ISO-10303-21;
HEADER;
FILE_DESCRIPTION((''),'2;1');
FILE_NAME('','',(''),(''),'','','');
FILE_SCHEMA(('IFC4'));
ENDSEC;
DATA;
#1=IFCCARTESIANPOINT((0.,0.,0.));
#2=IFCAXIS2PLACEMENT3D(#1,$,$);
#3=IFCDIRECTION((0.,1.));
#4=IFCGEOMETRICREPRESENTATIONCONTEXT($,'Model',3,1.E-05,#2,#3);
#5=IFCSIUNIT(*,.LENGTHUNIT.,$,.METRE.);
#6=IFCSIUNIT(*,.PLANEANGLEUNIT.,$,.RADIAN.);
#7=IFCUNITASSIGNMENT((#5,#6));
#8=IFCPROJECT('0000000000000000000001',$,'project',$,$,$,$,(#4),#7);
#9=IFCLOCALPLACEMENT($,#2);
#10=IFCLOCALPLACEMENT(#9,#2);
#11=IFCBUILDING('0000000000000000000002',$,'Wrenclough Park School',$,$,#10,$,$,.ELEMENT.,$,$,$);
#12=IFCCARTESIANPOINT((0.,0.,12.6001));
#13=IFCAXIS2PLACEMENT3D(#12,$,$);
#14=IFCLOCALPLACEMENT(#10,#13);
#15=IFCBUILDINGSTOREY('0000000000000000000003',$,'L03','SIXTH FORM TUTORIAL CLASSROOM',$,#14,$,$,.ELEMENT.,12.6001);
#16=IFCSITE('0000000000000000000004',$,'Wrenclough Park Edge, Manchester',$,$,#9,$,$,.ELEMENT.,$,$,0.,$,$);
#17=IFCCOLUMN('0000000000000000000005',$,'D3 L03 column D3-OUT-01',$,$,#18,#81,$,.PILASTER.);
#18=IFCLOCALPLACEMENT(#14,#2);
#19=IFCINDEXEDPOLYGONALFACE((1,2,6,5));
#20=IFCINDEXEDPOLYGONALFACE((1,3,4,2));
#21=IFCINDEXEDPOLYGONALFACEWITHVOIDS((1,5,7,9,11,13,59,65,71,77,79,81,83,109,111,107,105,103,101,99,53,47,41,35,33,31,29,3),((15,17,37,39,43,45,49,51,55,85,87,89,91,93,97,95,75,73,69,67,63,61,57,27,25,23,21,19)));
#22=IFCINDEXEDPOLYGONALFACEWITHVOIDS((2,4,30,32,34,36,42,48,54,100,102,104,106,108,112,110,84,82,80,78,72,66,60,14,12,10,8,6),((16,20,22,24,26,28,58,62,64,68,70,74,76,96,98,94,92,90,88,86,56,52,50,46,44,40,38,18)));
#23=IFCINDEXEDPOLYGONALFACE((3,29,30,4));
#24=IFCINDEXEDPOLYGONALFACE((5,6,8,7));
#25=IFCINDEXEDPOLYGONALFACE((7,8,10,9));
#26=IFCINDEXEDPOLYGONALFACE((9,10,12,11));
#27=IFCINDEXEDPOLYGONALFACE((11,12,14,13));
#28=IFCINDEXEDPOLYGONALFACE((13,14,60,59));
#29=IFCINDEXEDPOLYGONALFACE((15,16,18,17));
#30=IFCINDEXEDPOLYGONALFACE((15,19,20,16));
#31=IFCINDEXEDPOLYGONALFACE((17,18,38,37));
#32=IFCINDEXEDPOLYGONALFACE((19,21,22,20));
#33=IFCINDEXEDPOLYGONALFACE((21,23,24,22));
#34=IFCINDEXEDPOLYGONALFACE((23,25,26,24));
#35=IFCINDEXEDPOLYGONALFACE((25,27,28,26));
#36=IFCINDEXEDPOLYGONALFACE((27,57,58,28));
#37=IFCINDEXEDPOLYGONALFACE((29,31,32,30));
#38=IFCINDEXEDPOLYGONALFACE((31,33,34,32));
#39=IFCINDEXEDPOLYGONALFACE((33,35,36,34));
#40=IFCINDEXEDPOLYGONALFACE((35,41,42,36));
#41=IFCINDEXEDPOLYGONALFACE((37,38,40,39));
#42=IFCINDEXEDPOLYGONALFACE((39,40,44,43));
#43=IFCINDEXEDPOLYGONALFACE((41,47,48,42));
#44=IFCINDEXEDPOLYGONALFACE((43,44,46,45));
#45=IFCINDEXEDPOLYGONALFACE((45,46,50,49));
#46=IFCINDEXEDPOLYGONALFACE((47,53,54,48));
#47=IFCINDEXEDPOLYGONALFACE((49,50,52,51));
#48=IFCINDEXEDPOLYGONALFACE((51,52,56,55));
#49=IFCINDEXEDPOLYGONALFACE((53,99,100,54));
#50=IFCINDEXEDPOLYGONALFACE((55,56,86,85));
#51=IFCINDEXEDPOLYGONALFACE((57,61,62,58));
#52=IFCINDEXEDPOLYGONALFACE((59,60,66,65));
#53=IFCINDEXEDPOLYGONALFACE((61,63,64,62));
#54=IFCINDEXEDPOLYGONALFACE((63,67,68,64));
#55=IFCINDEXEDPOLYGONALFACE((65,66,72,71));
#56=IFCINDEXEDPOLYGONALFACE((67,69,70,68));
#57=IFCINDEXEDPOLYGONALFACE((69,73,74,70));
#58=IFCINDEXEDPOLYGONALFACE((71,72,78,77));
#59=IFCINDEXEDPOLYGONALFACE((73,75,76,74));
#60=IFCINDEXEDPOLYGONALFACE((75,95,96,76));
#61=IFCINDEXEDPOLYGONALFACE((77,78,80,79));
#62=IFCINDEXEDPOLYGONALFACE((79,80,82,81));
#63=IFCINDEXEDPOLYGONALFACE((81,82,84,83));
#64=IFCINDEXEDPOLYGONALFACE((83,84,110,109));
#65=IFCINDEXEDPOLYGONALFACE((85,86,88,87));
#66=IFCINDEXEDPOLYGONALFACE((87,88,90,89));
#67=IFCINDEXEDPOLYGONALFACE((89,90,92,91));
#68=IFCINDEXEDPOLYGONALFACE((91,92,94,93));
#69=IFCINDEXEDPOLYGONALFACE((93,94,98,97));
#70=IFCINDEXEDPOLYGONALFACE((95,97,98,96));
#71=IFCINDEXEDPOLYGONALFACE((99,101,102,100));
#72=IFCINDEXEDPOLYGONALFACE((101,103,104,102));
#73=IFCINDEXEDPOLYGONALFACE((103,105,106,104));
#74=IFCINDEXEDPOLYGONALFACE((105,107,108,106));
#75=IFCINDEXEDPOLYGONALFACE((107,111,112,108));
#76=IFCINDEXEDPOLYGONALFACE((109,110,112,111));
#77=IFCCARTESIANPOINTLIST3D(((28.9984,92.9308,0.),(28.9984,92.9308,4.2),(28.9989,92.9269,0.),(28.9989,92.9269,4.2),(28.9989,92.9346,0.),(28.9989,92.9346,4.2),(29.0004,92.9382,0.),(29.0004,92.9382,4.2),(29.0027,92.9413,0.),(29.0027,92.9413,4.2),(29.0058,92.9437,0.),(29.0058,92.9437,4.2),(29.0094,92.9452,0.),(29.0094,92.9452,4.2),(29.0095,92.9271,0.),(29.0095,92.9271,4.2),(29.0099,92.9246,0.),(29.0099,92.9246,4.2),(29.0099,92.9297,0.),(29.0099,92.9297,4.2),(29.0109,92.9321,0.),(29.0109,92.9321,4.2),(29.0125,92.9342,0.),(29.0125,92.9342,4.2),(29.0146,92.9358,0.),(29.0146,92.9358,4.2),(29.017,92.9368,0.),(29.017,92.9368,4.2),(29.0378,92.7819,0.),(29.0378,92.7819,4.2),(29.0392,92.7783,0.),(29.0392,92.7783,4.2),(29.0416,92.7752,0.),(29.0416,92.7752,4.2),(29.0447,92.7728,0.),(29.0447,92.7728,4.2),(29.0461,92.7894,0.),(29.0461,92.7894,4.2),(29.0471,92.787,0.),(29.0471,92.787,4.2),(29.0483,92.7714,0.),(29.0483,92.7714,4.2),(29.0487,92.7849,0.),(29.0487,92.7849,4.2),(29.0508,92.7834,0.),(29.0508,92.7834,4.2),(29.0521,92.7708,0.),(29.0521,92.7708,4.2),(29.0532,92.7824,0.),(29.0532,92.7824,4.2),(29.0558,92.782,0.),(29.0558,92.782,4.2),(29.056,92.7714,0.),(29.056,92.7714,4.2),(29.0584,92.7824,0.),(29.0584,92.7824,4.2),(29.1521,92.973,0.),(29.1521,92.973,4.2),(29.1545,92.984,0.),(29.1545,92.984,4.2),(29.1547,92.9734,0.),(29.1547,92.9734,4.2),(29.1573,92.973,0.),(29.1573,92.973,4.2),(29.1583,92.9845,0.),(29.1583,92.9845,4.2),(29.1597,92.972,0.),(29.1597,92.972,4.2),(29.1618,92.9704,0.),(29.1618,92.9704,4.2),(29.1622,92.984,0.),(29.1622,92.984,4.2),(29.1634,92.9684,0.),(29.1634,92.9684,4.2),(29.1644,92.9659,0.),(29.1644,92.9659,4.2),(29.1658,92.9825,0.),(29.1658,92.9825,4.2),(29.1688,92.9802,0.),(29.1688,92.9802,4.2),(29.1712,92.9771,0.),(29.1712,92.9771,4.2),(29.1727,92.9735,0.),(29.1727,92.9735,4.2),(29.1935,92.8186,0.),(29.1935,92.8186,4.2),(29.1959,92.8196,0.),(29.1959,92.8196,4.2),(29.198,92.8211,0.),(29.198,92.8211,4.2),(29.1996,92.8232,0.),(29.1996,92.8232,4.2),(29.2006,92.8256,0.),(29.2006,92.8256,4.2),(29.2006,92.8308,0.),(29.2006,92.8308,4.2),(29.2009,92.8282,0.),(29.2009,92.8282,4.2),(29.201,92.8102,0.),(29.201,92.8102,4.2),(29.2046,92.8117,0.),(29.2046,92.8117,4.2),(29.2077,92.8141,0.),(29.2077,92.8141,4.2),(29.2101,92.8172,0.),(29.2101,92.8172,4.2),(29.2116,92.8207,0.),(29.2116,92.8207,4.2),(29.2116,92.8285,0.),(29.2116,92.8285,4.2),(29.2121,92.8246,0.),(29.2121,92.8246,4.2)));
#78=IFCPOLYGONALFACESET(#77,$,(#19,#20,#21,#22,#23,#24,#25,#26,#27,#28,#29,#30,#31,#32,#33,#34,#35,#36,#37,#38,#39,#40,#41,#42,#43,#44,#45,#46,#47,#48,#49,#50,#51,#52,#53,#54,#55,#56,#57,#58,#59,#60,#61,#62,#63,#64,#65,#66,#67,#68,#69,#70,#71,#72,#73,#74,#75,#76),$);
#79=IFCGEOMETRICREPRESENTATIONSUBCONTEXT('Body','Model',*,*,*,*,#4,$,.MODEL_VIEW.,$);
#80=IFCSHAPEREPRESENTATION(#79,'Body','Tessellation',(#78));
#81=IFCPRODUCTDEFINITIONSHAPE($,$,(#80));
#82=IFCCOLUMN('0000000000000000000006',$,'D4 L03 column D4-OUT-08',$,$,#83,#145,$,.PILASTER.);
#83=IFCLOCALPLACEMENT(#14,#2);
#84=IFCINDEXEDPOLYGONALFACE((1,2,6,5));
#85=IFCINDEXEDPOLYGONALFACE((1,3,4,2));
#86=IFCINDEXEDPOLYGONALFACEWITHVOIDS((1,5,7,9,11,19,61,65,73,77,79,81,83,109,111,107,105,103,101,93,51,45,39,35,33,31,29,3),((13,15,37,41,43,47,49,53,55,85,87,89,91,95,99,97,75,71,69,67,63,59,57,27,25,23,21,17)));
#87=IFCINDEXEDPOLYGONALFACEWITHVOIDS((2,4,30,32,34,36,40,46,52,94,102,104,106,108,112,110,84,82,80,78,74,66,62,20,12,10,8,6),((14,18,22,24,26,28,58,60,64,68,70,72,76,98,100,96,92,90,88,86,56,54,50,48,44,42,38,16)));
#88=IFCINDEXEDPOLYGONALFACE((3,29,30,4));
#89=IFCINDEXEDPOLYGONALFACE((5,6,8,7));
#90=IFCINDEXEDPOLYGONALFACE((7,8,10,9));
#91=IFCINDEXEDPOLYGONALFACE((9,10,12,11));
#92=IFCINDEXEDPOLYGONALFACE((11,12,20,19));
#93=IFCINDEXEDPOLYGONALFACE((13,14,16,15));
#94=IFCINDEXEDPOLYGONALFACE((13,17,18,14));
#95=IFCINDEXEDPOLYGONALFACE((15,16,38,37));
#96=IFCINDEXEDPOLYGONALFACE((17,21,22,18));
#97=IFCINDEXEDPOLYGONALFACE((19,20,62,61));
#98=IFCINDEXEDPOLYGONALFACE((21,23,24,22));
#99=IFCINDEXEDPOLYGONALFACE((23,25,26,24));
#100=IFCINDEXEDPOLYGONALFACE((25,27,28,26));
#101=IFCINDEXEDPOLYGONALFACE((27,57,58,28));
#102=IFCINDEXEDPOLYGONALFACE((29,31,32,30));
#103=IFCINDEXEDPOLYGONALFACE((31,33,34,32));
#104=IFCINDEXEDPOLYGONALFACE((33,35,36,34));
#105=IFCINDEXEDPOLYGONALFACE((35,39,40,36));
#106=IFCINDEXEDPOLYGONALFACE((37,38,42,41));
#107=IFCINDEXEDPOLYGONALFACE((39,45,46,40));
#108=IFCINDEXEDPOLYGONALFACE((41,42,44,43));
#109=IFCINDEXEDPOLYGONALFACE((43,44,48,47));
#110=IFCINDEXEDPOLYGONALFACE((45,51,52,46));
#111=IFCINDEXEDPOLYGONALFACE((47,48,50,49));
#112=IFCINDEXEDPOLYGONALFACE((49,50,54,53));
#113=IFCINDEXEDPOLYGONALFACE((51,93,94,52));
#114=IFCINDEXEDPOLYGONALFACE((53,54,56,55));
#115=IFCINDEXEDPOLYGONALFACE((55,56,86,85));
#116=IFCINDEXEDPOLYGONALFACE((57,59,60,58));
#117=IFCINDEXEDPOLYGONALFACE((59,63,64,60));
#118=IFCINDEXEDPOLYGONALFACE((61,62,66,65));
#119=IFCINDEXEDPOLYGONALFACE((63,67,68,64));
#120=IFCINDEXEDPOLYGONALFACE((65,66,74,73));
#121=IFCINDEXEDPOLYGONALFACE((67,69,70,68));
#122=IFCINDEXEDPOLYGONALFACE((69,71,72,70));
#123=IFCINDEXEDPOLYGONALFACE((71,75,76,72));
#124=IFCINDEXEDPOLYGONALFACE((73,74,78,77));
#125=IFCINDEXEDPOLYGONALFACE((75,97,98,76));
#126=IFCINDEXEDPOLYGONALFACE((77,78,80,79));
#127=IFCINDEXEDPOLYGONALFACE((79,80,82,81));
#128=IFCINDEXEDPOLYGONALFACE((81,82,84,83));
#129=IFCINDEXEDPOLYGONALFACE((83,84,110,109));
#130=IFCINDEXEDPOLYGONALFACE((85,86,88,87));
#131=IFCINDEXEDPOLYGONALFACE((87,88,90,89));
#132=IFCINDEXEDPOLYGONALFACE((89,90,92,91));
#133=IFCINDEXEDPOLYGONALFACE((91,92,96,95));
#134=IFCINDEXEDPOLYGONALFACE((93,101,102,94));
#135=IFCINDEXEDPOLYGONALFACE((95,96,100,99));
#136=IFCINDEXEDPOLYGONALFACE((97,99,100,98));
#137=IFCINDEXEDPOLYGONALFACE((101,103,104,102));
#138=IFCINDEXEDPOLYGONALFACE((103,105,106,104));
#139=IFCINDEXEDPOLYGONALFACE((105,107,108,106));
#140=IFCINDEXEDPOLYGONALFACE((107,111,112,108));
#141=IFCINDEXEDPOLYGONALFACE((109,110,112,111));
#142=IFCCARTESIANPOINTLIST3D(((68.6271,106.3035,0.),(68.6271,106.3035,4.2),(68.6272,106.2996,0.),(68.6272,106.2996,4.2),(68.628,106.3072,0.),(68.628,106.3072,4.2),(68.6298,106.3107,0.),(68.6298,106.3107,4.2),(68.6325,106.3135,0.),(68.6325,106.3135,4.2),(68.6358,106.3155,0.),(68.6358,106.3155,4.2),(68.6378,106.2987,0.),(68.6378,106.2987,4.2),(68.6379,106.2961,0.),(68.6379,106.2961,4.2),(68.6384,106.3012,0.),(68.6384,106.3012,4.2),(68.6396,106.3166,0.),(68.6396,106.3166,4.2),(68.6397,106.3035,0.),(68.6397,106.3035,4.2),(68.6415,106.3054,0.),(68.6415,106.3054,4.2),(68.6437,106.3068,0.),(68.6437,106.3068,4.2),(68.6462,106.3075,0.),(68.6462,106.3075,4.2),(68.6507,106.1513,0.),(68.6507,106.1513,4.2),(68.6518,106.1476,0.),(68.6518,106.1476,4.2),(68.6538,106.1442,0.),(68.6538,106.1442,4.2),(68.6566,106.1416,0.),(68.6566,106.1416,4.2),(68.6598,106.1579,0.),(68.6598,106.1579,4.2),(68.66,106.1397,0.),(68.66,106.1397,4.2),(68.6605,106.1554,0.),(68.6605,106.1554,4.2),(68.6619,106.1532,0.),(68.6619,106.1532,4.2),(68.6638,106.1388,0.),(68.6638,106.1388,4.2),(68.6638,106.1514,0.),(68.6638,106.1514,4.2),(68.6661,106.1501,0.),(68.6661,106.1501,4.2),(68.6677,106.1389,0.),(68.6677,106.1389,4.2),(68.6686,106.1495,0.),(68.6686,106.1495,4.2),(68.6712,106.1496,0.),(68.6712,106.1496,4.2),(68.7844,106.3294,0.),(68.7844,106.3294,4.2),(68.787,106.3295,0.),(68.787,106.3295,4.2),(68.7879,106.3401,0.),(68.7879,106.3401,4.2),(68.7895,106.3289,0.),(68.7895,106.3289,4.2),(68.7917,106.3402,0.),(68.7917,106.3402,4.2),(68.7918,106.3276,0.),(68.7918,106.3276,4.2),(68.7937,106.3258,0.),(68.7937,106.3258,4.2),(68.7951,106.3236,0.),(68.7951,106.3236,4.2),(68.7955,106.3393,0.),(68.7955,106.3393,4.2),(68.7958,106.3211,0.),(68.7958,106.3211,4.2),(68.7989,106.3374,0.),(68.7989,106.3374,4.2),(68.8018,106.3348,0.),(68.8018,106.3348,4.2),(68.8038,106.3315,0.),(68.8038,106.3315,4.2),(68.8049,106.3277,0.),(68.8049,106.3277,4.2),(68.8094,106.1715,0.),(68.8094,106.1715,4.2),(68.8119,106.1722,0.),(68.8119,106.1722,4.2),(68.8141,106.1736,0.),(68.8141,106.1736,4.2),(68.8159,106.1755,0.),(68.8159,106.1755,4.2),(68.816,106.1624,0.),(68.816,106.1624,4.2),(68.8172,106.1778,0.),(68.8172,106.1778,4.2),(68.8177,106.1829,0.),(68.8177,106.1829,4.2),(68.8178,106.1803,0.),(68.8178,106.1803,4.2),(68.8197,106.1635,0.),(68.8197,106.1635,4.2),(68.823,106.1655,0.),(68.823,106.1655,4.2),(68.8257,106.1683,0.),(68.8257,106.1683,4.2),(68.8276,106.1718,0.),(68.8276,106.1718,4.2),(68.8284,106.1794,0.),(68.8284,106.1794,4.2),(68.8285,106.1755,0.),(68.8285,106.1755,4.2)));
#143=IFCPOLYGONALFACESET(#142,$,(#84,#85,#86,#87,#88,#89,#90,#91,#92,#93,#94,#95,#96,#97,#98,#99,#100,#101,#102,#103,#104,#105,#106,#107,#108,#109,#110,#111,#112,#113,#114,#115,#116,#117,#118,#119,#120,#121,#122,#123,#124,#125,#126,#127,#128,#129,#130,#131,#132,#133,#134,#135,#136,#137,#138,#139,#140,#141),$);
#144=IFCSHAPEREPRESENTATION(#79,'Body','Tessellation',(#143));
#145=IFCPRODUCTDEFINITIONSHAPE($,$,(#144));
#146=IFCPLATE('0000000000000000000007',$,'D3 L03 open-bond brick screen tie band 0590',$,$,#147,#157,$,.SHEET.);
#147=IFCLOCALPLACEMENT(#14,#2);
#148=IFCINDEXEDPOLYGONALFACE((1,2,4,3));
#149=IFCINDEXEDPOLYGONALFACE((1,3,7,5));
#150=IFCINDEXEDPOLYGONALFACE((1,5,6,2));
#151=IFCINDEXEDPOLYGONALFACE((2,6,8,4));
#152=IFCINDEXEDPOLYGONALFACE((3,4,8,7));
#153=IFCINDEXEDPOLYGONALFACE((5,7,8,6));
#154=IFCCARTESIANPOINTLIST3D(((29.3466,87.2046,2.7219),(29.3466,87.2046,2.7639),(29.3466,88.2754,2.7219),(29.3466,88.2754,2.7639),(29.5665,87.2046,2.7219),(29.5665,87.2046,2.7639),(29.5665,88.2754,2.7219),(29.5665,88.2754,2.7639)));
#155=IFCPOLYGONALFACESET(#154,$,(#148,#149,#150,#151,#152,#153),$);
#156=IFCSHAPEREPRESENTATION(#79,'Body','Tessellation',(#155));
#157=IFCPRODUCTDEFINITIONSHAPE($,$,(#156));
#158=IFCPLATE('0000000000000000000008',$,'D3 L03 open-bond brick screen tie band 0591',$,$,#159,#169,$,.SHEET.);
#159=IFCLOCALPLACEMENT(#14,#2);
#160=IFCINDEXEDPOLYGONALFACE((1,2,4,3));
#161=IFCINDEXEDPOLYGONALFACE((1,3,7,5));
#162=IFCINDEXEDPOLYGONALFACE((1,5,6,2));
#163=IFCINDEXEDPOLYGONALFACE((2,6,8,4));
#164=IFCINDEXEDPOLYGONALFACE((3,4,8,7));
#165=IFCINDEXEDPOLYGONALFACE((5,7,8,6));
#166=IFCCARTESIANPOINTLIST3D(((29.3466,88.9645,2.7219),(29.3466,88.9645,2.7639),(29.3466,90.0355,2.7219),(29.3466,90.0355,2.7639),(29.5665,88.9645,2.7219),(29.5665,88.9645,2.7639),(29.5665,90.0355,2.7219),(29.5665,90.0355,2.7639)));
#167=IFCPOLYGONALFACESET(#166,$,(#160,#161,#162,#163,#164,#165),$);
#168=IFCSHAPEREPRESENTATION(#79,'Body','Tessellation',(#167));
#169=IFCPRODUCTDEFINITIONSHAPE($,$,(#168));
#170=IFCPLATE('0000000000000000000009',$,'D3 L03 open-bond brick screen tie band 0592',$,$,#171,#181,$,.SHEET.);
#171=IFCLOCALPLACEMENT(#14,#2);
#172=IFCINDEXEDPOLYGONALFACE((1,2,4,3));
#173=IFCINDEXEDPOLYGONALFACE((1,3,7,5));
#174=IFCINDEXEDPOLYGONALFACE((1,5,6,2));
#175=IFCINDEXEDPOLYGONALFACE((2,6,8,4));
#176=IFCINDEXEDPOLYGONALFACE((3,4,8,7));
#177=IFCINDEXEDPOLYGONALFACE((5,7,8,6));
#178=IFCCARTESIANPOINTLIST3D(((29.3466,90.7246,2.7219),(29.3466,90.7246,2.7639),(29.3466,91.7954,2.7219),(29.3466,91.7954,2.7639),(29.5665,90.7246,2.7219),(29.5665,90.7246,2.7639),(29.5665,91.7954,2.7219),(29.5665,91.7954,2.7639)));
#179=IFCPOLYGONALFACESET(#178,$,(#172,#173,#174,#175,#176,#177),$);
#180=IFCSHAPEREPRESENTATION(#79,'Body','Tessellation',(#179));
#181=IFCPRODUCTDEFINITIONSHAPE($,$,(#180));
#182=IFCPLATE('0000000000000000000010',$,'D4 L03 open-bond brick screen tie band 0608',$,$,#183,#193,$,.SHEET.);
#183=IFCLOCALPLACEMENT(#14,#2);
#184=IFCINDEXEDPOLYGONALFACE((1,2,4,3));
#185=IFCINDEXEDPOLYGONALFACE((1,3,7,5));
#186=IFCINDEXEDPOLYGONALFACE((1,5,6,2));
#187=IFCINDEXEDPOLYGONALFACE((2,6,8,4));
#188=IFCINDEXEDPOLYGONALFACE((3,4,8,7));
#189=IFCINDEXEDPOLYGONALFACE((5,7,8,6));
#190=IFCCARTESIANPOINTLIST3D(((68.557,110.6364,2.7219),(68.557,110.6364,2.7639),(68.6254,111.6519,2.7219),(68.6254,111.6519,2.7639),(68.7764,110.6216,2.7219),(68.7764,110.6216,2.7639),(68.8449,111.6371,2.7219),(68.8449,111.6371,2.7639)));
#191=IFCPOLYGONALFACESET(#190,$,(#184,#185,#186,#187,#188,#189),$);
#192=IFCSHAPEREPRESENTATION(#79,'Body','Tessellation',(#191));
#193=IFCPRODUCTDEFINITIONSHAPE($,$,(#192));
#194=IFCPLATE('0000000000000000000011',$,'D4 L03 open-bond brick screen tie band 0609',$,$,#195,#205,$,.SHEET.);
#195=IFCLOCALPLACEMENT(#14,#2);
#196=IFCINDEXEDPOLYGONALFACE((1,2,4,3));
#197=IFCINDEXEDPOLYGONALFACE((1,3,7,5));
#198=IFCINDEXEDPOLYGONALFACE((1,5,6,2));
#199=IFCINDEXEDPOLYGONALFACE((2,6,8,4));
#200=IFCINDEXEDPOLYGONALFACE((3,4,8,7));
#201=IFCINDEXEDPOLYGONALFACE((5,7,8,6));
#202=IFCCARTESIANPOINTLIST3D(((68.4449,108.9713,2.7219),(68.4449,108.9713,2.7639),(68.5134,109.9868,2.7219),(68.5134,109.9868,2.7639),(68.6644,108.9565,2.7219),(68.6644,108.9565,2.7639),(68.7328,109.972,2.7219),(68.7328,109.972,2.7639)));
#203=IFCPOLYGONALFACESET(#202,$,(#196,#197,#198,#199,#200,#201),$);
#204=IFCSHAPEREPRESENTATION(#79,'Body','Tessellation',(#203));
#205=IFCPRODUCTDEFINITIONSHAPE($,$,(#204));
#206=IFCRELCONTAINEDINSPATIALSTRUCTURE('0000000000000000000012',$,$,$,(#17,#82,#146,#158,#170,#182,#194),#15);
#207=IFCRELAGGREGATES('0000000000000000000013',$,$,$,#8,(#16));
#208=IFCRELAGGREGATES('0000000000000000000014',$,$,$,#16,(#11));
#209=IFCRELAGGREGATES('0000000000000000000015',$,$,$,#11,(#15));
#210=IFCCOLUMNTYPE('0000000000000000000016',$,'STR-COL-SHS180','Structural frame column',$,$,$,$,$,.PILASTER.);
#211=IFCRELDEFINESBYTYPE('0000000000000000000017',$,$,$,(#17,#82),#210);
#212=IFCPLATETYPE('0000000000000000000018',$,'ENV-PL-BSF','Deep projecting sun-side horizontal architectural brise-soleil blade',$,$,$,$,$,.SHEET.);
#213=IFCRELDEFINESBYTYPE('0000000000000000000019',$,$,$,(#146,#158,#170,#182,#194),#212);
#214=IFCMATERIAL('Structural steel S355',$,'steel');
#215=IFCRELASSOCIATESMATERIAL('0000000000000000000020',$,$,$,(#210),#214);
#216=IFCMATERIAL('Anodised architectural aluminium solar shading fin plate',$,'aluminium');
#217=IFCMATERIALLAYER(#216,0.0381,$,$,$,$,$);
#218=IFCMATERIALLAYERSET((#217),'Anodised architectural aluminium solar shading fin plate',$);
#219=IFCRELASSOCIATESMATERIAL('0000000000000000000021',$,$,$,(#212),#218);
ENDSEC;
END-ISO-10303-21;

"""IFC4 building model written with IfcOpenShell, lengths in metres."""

from ifc_helpers import new_model, si_unit, direction, frame, origin, origin_2d, place, context, subcontext, project, spatial, rectangle, hollow_rectangle, extrude, material, layer, layer_set, material_profile, profile_set, type_object, element, save


model = new_model("IFC4")

# Units and contexts
model_context = context("Model", 3, precision=1e-05, world=origin(), true_north=direction((0.0, 1.0)))
body_context = subcontext(model_context, "Body", "Model", "MODEL_VIEW")
ifc_project = project(units=[si_unit("LENGTHUNIT", "METRE"), si_unit("PLANEANGLEUNIT", "RADIAN")], contexts=[model_context])

# Site, building, storey
site_placement = place(None, origin())
site = spatial("IfcSite", under=ifc_project, at=site_placement, Name="Wrenclough Park Edge, Manchester", CompositionType="ELEMENT", RefElevation=0.0)
building_placement = place(site_placement, origin())
building = spatial("IfcBuilding", under=site, at=building_placement, Name="Wrenclough Park School", CompositionType="ELEMENT")
storey_placement = place(building_placement, frame((0.0, 0.0, 12.6001)))
storey = spatial("IfcBuildingStorey", under=building, at=storey_placement, Name="L03", Description="SIXTH FORM TUTORIAL CLASSROOM", CompositionType="ELEMENT", Elevation=12.6001)

# Columns
ifc_material_1 = material(Name="Structural steel S355", Category="steel")
ifc_material_profile = material_profile(ifc_material_1, hollow_rectangle(XDim=0.1799, YDim=0.1799, WallThickness=0.01, InnerFilletRadius=0.01, OuterFilletRadius=0.0149, at=origin_2d()), Name="SHS 180x180x10.0")
ifc_profile_set = profile_set([ifc_material_profile], Name="Structural steel S355")
column_type = type_object("IfcColumnType", Name="STR-COL-SHS180", Description="Structural frame column", PredefinedType="PILASTER", material=ifc_profile_set)
for number, where, z_axis, x_axis, name in (
    (1, (29.1052, 92.8777, 0.0), (0.0, 0.0, 1.0), (-0.258819, 0.965926, 0.0), "D3 L03 column D3-OUT-01"),
    (2, (68.7278, 106.2395, 0.0), (0.0, 0.0, 1.0), (0.156434, -0.987688, 0.0), "D4 L03 column D4-OUT-08"),
):
    element("IfcColumn", number, at=place(storey_placement, frame(where, z_axis=z_axis, x_axis=x_axis)), inside=storey, type_object=column_type, Name=name, PredefinedType="PILASTER", context=body_context, shape_type="SweptSolid", body=[
        extrude(hollow_rectangle(XDim=0.1799, YDim=0.1799, WallThickness=0.01, InnerFilletRadius=0.01, OuterFilletRadius=0.0149, at=origin_2d()), origin(), (0.0, 0.0, 1.0), 4.2),
    ])

# Plates
ifc_material_2 = material(Name="Anodised architectural aluminium solar shading fin plate", Category="aluminium")
ifc_layer_1 = layer(ifc_material_2, 0.0381)
ifc_layer_set_1 = layer_set([ifc_layer_1], Name="Anodised architectural aluminium solar shading fin plate")
plate_type = type_object("IfcPlateType", Name="ENV-PL-BSF", Description="Deep projecting sun-side horizontal architectural brise-soleil blade", PredefinedType="SHEET", material=ifc_layer_set_1)
plate_1_placement = place(storey_placement, frame((29.4565, 87.74, 2.7219), z_axis=(0.0, 0.0, 1.0), x_axis=(0.0, 1.0, 0.0)))
element("IfcPlate", 3, at=plate_1_placement, inside=storey, type_object=plate_type, Name="D3 L03 open-bond brick screen tie band 0590", PredefinedType="SHEET", context=body_context, shape_type="SweptSolid", body=[
    extrude(rectangle(XDim=1.0708, YDim=0.22, at=origin_2d()), origin(), (0.0, 0.0, 1.0), 0.042),
])
plate_2_placement = place(storey_placement, frame((29.4565, 89.5, 2.7219), z_axis=(0.0, 0.0, 1.0), x_axis=(0.0, 1.0, 0.0)))
element("IfcPlate", 4, at=plate_2_placement, inside=storey, type_object=plate_type, Name="D3 L03 open-bond brick screen tie band 0591", PredefinedType="SHEET", context=body_context, shape_type="SweptSolid", body=[
    extrude(rectangle(XDim=1.071, YDim=0.22, at=origin_2d()), origin(), (0.0, 0.0, 1.0), 0.042),
])
plate_3_placement = place(storey_placement, frame((29.4565, 91.26, 2.7219), z_axis=(0.0, 0.0, 1.0), x_axis=(0.0, 1.0, 0.0)))
element("IfcPlate", 5, at=plate_3_placement, inside=storey, type_object=plate_type, Name="D3 L03 open-bond brick screen tie band 0592", PredefinedType="SHEET", context=body_context, shape_type="SweptSolid", body=[
    extrude(rectangle(XDim=1.0708, YDim=0.22, at=origin_2d()), origin(), (0.0, 0.0, 1.0), 0.042),
])
for number, where, z_axis, x_axis, name in (
    (6, (68.7009, 111.1367, 2.7219), (0.0, 0.0, 1.0), (-0.06726, -0.997736, 0.0), "D4 L03 open-bond brick screen tie band 0608"),
    (7, (68.5889, 109.4717, 2.7219), (0.0, 0.0, 1.0), (-0.06726, -0.997736, 0.0), "D4 L03 open-bond brick screen tie band 0609"),
):
    element("IfcPlate", number, at=place(storey_placement, frame(where, z_axis=z_axis, x_axis=x_axis)), inside=storey, type_object=plate_type, Name=name, PredefinedType="SHEET", context=body_context, shape_type="SweptSolid", body=[
        extrude(rectangle(XDim=1.0178, YDim=0.22, at=origin_2d()), origin(), (0.0, 0.0, 1.0), 0.042),
    ])

save(model, "model.ifc")
